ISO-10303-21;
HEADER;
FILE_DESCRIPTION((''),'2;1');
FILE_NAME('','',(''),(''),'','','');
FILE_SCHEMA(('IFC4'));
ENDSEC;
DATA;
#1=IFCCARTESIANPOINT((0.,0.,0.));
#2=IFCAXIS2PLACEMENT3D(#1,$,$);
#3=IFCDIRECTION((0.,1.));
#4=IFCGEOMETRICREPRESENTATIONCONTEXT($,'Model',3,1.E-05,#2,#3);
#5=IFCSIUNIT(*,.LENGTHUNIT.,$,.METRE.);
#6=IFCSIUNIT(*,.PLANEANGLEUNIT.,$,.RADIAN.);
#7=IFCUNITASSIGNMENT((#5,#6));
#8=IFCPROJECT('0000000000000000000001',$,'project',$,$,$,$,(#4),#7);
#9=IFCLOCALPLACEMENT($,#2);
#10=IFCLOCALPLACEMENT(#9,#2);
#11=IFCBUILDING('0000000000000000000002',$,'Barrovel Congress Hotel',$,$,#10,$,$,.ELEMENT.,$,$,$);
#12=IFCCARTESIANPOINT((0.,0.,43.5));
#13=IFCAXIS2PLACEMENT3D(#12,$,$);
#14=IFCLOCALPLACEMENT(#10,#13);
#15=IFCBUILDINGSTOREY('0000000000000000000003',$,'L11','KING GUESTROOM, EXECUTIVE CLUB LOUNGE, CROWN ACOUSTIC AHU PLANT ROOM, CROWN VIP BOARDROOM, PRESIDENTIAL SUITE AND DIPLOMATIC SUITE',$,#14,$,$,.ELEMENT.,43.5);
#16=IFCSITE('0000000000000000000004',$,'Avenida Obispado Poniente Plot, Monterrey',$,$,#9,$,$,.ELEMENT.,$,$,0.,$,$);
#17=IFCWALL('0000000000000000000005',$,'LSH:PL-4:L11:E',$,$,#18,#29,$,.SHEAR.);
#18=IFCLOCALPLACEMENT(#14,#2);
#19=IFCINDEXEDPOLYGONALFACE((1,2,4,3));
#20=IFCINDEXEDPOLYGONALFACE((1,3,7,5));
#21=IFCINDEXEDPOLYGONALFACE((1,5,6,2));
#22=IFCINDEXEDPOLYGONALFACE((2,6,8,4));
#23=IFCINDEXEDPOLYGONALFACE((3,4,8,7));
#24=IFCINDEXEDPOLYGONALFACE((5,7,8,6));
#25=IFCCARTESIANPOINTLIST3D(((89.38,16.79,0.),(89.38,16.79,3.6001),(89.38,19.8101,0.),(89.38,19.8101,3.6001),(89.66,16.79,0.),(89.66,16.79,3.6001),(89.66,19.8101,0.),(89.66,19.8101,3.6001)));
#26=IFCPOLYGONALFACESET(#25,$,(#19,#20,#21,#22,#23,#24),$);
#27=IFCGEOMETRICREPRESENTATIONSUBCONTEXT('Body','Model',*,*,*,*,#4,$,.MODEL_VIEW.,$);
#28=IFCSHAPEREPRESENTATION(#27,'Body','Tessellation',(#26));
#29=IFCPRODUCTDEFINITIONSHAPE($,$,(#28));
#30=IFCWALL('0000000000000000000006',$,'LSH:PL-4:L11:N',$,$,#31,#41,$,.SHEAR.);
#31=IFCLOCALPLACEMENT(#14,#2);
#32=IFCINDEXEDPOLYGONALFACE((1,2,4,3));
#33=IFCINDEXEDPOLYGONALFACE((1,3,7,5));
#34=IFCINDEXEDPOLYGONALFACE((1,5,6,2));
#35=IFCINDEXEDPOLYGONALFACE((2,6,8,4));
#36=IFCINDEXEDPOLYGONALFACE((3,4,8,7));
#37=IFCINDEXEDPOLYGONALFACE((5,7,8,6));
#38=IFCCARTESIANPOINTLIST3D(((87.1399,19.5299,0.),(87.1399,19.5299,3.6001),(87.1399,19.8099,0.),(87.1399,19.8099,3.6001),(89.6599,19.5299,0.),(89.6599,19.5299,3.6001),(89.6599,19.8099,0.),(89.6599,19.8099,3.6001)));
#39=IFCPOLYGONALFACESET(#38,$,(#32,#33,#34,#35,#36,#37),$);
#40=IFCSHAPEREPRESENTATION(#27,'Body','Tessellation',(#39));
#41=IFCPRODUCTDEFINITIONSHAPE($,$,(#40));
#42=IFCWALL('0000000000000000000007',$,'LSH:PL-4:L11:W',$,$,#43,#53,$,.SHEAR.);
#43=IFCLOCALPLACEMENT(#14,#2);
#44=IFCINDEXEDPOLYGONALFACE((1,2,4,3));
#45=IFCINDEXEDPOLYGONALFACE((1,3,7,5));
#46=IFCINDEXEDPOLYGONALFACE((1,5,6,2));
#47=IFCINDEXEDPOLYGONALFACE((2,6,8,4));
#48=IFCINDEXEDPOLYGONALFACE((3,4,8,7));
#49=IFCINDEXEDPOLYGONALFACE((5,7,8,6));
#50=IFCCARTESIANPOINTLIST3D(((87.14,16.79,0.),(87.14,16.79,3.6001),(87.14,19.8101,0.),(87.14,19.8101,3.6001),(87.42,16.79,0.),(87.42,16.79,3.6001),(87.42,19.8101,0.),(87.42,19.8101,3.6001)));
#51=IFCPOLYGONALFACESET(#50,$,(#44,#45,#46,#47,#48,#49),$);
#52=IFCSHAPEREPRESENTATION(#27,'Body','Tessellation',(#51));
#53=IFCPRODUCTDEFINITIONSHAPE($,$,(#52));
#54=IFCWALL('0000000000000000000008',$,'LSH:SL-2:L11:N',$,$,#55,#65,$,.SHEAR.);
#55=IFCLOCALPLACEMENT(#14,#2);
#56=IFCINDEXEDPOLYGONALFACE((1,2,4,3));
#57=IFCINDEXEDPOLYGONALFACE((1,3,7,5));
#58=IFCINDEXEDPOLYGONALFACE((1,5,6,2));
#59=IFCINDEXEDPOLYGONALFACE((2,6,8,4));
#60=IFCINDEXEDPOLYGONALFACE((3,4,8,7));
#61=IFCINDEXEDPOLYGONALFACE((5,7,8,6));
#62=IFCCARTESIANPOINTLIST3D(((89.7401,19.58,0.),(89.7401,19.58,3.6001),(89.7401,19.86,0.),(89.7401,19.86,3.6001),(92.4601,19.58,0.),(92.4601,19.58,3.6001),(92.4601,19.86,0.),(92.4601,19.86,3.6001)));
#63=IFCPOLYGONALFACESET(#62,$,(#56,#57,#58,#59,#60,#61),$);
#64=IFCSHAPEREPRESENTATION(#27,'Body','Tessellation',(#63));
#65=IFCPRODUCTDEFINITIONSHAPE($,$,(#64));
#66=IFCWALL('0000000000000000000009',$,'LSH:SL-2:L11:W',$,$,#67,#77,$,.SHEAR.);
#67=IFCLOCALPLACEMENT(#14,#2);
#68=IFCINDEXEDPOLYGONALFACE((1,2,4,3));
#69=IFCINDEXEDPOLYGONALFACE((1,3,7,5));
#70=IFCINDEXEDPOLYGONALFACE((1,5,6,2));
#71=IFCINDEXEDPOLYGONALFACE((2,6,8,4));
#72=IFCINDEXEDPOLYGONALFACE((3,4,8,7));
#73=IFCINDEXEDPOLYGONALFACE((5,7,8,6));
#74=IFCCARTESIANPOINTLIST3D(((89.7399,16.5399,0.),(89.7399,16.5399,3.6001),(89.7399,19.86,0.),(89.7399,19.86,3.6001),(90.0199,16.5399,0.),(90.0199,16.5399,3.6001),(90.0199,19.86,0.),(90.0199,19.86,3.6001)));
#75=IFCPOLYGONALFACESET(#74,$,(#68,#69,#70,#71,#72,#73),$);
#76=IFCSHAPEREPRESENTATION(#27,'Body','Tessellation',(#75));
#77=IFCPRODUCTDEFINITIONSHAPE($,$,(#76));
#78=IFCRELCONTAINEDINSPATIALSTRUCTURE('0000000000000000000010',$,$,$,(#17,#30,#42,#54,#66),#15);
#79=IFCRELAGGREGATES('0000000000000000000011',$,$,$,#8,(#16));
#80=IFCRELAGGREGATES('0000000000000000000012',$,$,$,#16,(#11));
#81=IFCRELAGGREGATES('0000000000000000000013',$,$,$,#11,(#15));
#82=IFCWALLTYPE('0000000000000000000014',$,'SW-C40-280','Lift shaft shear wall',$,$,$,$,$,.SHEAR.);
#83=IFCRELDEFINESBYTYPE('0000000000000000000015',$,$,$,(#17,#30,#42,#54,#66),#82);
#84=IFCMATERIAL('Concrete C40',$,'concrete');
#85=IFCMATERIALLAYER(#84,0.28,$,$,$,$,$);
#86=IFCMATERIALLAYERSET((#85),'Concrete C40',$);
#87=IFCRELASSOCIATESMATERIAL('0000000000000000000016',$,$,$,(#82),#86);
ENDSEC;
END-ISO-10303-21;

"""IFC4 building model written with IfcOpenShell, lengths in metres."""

from ifc_helpers import new_model, si_unit, direction, frame, frame_2d, origin, place, context, subcontext, project, spatial, rectangle, extrude, material, layer, layer_set, type_object, element, save


model = new_model("IFC4")

# Units and contexts
model_context = context("Model", 3, precision=1e-05, world=origin(), true_north=direction((0.0, 1.0)))
body_context = subcontext(model_context, "Body", "Model", "MODEL_VIEW")
ifc_project = project(units=[si_unit("LENGTHUNIT", "METRE"), si_unit("PLANEANGLEUNIT", "RADIAN")], contexts=[model_context])

# Site, building, storey
site_placement = place(None, origin())
site = spatial("IfcSite", under=ifc_project, at=site_placement, Name="Avenida Obispado Poniente Plot, Monterrey", CompositionType="ELEMENT", RefElevation=0.0)
building_placement = place(site_placement, origin())
building = spatial("IfcBuilding", under=site, at=building_placement, Name="Barrovel Congress Hotel", CompositionType="ELEMENT")
storey_placement = place(building_placement, frame((0.0, 0.0, 43.5)))
storey = spatial("IfcBuildingStorey", under=building, at=storey_placement, Name="L11", Description="KING GUESTROOM, EXECUTIVE CLUB LOUNGE, CROWN ACOUSTIC AHU PLANT ROOM, CROWN VIP BOARDROOM, PRESIDENTIAL SUITE AND DIPLOMATIC SUITE", CompositionType="ELEMENT", Elevation=43.5)

# Shared definitions
ifc_material_1 = material(Name="Concrete C40", Category="concrete")

# Shared definitions
ifc_layer_1 = layer(ifc_material_1, 0.28)
ifc_layer_set_1 = layer_set([ifc_layer_1], Name="Concrete C40")
wall_type_1 = type_object("IfcWallType", Name="SW-C40-280", Description="Lift shaft shear wall", PredefinedType="SHEAR", material=ifc_layer_set_1)

# Walls
wall_1_placement = place(storey_placement, frame((89.52, 16.79, 0.0), z_axis=(0.0, 0.0, 1.0), x_axis=(0.0, 1.0, 0.0)))
element("IfcWall", 1, at=wall_1_placement, inside=storey, type_object=wall_type_1, Name="LSH:PL-4:L11:E", PredefinedType="SHEAR", context=body_context, shape_type="SweptSolid", body=[
    extrude(rectangle(XDim=3.02, YDim=0.28, at=frame_2d((1.51, 0.0))), origin(), (0.0, 0.0, 1.0), 3.6001),
])
wall_2_placement = place(storey_placement, frame((89.6599, 19.6699, 0.0), z_axis=(0.0, 0.0, 1.0), x_axis=(-1.0, 0.0, 0.0)))
element("IfcWall", 2, at=wall_2_placement, inside=storey, type_object=wall_type_1, Name="LSH:PL-4:L11:N", PredefinedType="SHEAR", context=body_context, shape_type="SweptSolid", body=[
    extrude(rectangle(XDim=2.52, YDim=0.28, at=frame_2d((1.26, 0.0))), origin(), (0.0, 0.0, 1.0), 3.6001),
])
wall_3_placement = place(storey_placement, frame((87.28, 19.8101, 0.0), z_axis=(0.0, 0.0, 1.0), x_axis=(0.0, -1.0, 0.0)))
element("IfcWall", 3, at=wall_3_placement, inside=storey, type_object=wall_type_1, Name="LSH:PL-4:L11:W", PredefinedType="SHEAR", context=body_context, shape_type="SweptSolid", body=[
    extrude(rectangle(XDim=3.02, YDim=0.28, at=frame_2d((1.51, 0.0))), origin(), (0.0, 0.0, 1.0), 3.6001),
])
wall_4_placement = place(storey_placement, frame((92.46, 19.72, 0.0), z_axis=(0.0, 0.0, 1.0), x_axis=(-1.0, 0.0, 0.0)))
element("IfcWall", 4, at=wall_4_placement, inside=storey, type_object=wall_type_1, Name="LSH:SL-2:L11:N", PredefinedType="SHEAR", context=body_context, shape_type="SweptSolid", body=[
    extrude(rectangle(XDim=2.72, YDim=0.28, at=frame_2d((1.3599, 0.0))), origin(), (0.0, 0.0, 1.0), 3.6001),
])
wall_5_placement = place(storey_placement, frame((89.8799, 19.8601, 0.0), z_axis=(0.0, 0.0, 1.0), x_axis=(0.0, -1.0, 0.0)))
element("IfcWall", 5, at=wall_5_placement, inside=storey, type_object=wall_type_1, Name="LSH:SL-2:L11:W", PredefinedType="SHEAR", context=body_context, shape_type="SweptSolid", body=[
    extrude(rectangle(XDim=3.3201, YDim=0.28, at=frame_2d((1.6602, 0.0))), origin(), (0.0, 0.0, 1.0), 3.6001),
])

save(model, "model.ifc")
